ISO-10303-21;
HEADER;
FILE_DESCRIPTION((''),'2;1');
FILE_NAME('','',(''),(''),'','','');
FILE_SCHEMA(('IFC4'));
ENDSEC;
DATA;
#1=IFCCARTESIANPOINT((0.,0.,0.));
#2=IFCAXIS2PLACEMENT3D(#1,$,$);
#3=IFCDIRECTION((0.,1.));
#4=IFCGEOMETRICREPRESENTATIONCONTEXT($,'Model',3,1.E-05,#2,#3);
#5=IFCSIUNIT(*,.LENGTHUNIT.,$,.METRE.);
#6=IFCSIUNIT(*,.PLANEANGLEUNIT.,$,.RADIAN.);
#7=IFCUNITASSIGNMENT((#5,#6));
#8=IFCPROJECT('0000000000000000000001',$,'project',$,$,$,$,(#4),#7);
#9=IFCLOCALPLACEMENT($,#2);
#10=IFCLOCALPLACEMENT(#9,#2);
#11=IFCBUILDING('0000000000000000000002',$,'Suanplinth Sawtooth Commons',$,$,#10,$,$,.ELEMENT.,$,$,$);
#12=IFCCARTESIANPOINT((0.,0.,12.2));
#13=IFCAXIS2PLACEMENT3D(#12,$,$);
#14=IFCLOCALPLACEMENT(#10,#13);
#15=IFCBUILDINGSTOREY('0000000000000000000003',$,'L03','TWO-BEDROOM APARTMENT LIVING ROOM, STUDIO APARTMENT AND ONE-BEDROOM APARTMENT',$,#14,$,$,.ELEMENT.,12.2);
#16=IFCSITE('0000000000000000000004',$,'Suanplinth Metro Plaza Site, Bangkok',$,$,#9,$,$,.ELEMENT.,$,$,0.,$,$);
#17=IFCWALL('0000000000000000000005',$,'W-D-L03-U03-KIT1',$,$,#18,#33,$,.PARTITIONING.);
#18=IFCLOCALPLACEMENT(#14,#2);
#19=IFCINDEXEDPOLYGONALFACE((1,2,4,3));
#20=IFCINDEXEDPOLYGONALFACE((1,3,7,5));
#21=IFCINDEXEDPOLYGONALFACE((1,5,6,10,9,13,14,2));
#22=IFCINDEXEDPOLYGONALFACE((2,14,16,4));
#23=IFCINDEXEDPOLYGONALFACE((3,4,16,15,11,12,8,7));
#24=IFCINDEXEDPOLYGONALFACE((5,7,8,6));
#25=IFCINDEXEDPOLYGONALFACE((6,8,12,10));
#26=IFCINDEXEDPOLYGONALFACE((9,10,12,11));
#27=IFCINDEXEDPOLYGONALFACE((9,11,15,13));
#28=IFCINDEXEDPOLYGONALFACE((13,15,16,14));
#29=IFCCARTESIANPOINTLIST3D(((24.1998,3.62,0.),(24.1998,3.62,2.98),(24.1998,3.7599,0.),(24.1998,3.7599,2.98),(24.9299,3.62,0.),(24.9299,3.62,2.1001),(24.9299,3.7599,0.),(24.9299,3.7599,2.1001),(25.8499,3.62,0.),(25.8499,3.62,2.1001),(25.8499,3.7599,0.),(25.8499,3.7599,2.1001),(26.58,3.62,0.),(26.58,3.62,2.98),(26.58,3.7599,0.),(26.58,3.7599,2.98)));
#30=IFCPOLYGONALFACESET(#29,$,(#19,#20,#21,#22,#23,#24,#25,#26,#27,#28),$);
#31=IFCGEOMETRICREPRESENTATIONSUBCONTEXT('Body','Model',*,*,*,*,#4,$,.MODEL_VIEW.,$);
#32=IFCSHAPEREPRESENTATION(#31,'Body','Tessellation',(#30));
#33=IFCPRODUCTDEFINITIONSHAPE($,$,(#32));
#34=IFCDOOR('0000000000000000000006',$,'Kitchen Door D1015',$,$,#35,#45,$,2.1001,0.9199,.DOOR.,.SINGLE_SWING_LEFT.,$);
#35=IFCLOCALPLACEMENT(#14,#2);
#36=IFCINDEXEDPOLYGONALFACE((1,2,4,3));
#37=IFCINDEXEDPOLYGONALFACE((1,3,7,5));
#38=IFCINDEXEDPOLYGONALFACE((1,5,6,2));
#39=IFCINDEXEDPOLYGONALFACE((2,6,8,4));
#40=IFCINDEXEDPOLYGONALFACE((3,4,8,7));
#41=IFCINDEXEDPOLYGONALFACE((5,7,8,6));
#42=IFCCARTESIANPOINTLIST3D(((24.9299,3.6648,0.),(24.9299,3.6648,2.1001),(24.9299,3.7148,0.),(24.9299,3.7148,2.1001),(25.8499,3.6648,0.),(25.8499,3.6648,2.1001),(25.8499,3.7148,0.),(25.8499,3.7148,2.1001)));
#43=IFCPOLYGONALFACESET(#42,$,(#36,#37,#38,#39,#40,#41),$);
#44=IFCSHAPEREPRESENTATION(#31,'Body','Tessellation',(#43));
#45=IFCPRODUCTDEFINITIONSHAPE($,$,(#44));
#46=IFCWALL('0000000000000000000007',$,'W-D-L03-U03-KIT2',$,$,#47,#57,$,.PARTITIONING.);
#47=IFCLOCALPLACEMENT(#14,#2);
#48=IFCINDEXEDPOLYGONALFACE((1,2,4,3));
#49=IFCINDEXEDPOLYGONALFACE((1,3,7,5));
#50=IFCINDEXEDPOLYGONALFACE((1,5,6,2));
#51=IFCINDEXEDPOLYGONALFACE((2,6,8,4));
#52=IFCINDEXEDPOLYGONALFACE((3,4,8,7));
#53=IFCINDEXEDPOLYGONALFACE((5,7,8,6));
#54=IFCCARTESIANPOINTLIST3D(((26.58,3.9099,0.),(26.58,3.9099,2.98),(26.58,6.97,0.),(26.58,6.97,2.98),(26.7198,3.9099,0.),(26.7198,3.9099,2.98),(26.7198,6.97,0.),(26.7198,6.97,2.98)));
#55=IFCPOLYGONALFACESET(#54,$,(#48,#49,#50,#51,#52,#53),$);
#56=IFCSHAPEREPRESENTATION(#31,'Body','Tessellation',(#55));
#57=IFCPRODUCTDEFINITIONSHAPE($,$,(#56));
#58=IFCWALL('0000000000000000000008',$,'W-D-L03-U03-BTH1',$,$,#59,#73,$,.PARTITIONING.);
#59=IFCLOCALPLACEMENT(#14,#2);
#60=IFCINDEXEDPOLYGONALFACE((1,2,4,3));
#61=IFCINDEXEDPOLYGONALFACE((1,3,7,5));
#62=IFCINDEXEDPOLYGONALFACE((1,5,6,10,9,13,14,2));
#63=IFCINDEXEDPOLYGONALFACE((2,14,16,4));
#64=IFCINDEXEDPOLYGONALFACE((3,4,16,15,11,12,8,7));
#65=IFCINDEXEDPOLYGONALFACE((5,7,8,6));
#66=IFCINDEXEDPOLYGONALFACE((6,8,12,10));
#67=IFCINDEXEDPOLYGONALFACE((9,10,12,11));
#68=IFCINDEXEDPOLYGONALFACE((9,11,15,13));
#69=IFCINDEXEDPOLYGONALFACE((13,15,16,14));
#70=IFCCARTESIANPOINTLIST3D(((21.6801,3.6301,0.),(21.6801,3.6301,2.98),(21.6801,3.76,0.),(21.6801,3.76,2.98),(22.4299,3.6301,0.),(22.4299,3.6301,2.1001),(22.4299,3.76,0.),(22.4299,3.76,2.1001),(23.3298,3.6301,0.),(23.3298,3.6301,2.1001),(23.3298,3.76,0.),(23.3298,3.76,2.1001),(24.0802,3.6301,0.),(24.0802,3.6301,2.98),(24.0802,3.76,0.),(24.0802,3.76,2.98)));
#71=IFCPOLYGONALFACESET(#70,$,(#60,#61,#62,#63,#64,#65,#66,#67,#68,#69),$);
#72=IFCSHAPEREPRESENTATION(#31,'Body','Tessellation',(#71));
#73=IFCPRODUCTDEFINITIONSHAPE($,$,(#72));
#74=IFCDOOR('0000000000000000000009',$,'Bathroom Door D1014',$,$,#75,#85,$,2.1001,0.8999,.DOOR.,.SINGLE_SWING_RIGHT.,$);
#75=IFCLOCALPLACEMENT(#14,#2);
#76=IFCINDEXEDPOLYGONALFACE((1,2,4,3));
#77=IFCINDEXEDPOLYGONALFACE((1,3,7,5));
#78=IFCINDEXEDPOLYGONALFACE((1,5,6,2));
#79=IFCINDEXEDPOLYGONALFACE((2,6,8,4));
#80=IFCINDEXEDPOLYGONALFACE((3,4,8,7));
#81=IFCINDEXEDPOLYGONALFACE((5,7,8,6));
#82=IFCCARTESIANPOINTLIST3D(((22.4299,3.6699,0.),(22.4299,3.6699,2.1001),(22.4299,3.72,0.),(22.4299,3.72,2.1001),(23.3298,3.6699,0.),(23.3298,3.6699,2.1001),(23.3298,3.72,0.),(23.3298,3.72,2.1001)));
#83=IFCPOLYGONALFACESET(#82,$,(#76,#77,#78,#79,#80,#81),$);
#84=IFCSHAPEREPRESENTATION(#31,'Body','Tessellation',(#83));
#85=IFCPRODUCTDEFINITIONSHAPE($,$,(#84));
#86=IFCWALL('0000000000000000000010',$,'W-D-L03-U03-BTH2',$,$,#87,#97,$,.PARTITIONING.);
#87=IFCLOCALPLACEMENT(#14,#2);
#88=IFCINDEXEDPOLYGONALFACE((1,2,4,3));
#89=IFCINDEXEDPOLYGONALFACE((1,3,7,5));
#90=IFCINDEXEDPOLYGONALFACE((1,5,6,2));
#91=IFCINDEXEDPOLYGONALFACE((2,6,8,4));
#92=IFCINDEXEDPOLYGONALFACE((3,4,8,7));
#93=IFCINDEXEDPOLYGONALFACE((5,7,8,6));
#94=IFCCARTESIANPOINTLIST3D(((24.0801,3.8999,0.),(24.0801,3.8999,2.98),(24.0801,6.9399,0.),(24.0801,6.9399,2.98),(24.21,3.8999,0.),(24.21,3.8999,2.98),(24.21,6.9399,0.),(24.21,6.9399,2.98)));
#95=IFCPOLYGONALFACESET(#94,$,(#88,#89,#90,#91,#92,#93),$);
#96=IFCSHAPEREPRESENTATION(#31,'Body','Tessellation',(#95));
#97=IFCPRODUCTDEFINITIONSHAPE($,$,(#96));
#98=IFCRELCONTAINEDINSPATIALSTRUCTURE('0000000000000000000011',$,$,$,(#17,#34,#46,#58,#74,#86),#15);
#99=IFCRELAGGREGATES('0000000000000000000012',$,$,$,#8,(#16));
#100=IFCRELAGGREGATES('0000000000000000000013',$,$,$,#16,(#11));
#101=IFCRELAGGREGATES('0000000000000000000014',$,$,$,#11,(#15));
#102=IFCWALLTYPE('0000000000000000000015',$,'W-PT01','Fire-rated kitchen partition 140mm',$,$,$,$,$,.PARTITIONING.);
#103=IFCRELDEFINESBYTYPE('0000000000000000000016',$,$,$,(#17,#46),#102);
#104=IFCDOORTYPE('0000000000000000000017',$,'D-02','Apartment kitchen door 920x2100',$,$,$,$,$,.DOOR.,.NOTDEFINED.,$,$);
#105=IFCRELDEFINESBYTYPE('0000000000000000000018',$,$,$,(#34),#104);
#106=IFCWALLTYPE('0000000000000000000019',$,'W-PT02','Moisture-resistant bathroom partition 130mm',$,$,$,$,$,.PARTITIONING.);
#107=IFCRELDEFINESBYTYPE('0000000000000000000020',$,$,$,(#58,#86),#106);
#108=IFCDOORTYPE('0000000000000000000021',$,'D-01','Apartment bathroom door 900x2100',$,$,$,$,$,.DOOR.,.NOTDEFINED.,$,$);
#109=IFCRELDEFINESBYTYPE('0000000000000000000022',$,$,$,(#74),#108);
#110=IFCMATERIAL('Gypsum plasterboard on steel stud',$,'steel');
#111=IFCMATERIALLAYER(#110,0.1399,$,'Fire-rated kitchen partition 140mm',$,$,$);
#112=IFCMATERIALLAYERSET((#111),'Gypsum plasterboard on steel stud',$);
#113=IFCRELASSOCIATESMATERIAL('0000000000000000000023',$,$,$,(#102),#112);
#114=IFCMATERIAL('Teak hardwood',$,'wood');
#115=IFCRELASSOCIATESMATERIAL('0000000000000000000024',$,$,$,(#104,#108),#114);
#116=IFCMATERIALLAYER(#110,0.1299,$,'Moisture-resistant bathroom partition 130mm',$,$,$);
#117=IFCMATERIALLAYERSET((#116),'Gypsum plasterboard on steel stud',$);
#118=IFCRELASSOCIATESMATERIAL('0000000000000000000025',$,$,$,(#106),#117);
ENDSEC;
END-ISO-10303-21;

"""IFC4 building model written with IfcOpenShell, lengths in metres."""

from ifc_helpers import new_model, si_unit, direction, frame, frame_2d, origin, place, context, subcontext, project, spatial, rectangle, extrude, material, layer, layer_set, type_object, element, fill, save


model = new_model("IFC4")

# Units and contexts
model_context = context("Model", 3, precision=1e-05, world=origin(), true_north=direction((0.0, 1.0)))
body_context = subcontext(model_context, "Body", "Model", "MODEL_VIEW")
ifc_project = project(units=[si_unit("LENGTHUNIT", "METRE"), si_unit("PLANEANGLEUNIT", "RADIAN")], contexts=[model_context])

# Site, building, storey
site_placement = place(None, origin())
site = spatial("IfcSite", under=ifc_project, at=site_placement, Name="Suanplinth Metro Plaza Site, Bangkok", CompositionType="ELEMENT", RefElevation=0.0)
building_placement = place(site_placement, origin())
building = spatial("IfcBuilding", under=site, at=building_placement, Name="Suanplinth Sawtooth Commons", CompositionType="ELEMENT")
storey_placement = place(building_placement, frame((0.0, 0.0, 12.2)))
storey = spatial("IfcBuildingStorey", under=building, at=storey_placement, Name="L03", Description="TWO-BEDROOM APARTMENT LIVING ROOM, STUDIO APARTMENT AND ONE-BEDROOM APARTMENT", CompositionType="ELEMENT", Elevation=12.2)

# Wall, opening, door
ifc_material_1 = material(Name="Gypsum plasterboard on steel stud", Category="steel")
ifc_layer_1 = layer(ifc_material_1, 0.1399, Name="Fire-rated kitchen partition 140mm")
ifc_layer_set_1 = layer_set([ifc_layer_1], Name="Gypsum plasterboard on steel stud")
wall_type_1 = type_object("IfcWallType", Name="W-PT01", Description="Fire-rated kitchen partition 140mm", PredefinedType="PARTITIONING", material=ifc_layer_set_1)
wall_1_placement = place(storey_placement, frame((24.2, 3.6899, 0.0), z_axis=(0.0, 0.0, 1.0), x_axis=(1.0, 0.0, 0.0)))
wall_1 = element("IfcWall", 1, at=wall_1_placement, inside=storey, type_object=wall_type_1, Name="W-D-L03-U03-KIT1", PredefinedType="PARTITIONING", context=body_context, shape_type="SweptSolid", body=[
    extrude(rectangle(XDim=2.3801, YDim=0.1399, at=frame_2d((1.1899, 0.0))), origin(), (0.0, 0.0, 1.0), 2.98),
])
opening_1_placement = place(wall_1_placement, frame((0.73, 0.0, 0.0)))
opening_1 = element("IfcOpeningElement", 2, at=opening_1_placement, cuts=wall_1, PredefinedType="OPENING", context=body_context, shape_type="SweptSolid", body=[
    extrude(rectangle(XDim=0.9199, YDim=2.1001, at=frame_2d((0.46, 1.05))), frame((0.0, 0.085, 0.0), z_axis=(0.0, -1.0, 0.0), x_axis=(1.0, 0.0, 0.0)), (0.0, 0.0, 1.0), 0.1697),
])
ifc_material_2 = material(Name="Teak hardwood", Category="wood")
door_type_1 = type_object("IfcDoorType", Name="D-02", Description="Apartment kitchen door 920x2100", OperationType="NOTDEFINED", PredefinedType="DOOR", material=ifc_material_2)
door_1_placement = place(opening_1_placement, origin())
door_1 = element("IfcDoor", 3, at=door_1_placement, inside=storey, type_object=door_type_1, Name="Kitchen Door D1015", OperationType="SINGLE_SWING_LEFT", OverallHeight=2.1001, OverallWidth=0.9199, PredefinedType="DOOR", context=body_context, shape_type="SweptSolid", body=[
    extrude(rectangle(XDim=0.9199, YDim=2.1001, at=frame_2d((0.46, 1.05))), frame((0.0, 0.0249, 0.0), z_axis=(0.0, -1.0, 0.0), x_axis=(1.0, 0.0, 0.0)), (0.0, 0.0, 1.0), 0.05),
])
fill(opening_1, door_1)

# Wall
wall_2_placement = place(storey_placement, frame((26.6499, 3.9099, 0.0), z_axis=(0.0, 0.0, 1.0), x_axis=(0.0, 1.0, 0.0)))
element("IfcWall", 4, at=wall_2_placement, inside=storey, type_object=wall_type_1, Name="W-D-L03-U03-KIT2", PredefinedType="PARTITIONING", context=body_context, shape_type="SweptSolid", body=[
    extrude(rectangle(XDim=3.0601, YDim=0.1399, at=frame_2d((1.53, 0.0))), origin(), (0.0, 0.0, 1.0), 2.98),
])

# Wall, opening, door
ifc_layer_2 = layer(ifc_material_1, 0.1299, Name="Moisture-resistant bathroom partition 130mm")
ifc_layer_set_2 = layer_set([ifc_layer_2], Name="Gypsum plasterboard on steel stud")
wall_type_2 = type_object("IfcWallType", Name="W-PT02", Description="Moisture-resistant bathroom partition 130mm", PredefinedType="PARTITIONING", material=ifc_layer_set_2)
wall_3_placement = place(storey_placement, frame((21.6799, 3.6951, 0.0), z_axis=(0.0, 0.0, 1.0), x_axis=(1.0, 0.0, 0.0)))
wall_3 = element("IfcWall", 5, at=wall_3_placement, inside=storey, type_object=wall_type_2, Name="W-D-L03-U03-BTH1", PredefinedType="PARTITIONING", context=body_context, shape_type="SweptSolid", body=[
    extrude(rectangle(XDim=2.4001, YDim=0.1299, at=frame_2d((1.2002, 0.0))), origin(), (0.0, 0.0, 1.0), 2.98),
])
opening_2_placement = place(wall_3_placement, frame((0.75, 0.0, 0.0)))
opening_2 = element("IfcOpeningElement", 6, at=opening_2_placement, cuts=wall_3, PredefinedType="OPENING", context=body_context, shape_type="SweptSolid", body=[
    extrude(rectangle(XDim=0.8999, YDim=2.1001, at=frame_2d((0.45, 1.05))), frame((0.0, 0.0798, 0.0), z_axis=(0.0, -1.0, 0.0), x_axis=(1.0, 0.0, 0.0)), (0.0, 0.0, 1.0), 0.1597),
])
door_type_2 = type_object("IfcDoorType", Name="D-01", Description="Apartment bathroom door 900x2100", OperationType="NOTDEFINED", PredefinedType="DOOR", material=ifc_material_2)
door_2_placement = place(opening_2_placement, origin())
door_2 = element("IfcDoor", 7, at=door_2_placement, inside=storey, type_object=door_type_2, Name="Bathroom Door D1014", OperationType="SINGLE_SWING_RIGHT", OverallHeight=2.1001, OverallWidth=0.8999, PredefinedType="DOOR", context=body_context, shape_type="SweptSolid", body=[
    extrude(rectangle(XDim=0.8999, YDim=2.1001, at=frame_2d((0.45, 1.05))), frame((0.0, 0.0249, 0.0), z_axis=(0.0, -1.0, 0.0), x_axis=(1.0, 0.0, 0.0)), (0.0, 0.0, 1.0), 0.05),
])
fill(opening_2, door_2)

# Wall
wall_4_placement = place(storey_placement, frame((24.145, 3.8999, 0.0), z_axis=(0.0, 0.0, 1.0), x_axis=(0.0, 1.0, 0.0)))
element("IfcWall", 8, at=wall_4_placement, inside=storey, type_object=wall_type_2, Name="W-D-L03-U03-BTH2", PredefinedType="PARTITIONING", context=body_context, shape_type="SweptSolid", body=[
    extrude(rectangle(XDim=3.04, YDim=0.1299, at=frame_2d((1.52, 0.0))), origin(), (0.0, 0.0, 1.0), 2.98),
])

save(model, "model.ifc")
